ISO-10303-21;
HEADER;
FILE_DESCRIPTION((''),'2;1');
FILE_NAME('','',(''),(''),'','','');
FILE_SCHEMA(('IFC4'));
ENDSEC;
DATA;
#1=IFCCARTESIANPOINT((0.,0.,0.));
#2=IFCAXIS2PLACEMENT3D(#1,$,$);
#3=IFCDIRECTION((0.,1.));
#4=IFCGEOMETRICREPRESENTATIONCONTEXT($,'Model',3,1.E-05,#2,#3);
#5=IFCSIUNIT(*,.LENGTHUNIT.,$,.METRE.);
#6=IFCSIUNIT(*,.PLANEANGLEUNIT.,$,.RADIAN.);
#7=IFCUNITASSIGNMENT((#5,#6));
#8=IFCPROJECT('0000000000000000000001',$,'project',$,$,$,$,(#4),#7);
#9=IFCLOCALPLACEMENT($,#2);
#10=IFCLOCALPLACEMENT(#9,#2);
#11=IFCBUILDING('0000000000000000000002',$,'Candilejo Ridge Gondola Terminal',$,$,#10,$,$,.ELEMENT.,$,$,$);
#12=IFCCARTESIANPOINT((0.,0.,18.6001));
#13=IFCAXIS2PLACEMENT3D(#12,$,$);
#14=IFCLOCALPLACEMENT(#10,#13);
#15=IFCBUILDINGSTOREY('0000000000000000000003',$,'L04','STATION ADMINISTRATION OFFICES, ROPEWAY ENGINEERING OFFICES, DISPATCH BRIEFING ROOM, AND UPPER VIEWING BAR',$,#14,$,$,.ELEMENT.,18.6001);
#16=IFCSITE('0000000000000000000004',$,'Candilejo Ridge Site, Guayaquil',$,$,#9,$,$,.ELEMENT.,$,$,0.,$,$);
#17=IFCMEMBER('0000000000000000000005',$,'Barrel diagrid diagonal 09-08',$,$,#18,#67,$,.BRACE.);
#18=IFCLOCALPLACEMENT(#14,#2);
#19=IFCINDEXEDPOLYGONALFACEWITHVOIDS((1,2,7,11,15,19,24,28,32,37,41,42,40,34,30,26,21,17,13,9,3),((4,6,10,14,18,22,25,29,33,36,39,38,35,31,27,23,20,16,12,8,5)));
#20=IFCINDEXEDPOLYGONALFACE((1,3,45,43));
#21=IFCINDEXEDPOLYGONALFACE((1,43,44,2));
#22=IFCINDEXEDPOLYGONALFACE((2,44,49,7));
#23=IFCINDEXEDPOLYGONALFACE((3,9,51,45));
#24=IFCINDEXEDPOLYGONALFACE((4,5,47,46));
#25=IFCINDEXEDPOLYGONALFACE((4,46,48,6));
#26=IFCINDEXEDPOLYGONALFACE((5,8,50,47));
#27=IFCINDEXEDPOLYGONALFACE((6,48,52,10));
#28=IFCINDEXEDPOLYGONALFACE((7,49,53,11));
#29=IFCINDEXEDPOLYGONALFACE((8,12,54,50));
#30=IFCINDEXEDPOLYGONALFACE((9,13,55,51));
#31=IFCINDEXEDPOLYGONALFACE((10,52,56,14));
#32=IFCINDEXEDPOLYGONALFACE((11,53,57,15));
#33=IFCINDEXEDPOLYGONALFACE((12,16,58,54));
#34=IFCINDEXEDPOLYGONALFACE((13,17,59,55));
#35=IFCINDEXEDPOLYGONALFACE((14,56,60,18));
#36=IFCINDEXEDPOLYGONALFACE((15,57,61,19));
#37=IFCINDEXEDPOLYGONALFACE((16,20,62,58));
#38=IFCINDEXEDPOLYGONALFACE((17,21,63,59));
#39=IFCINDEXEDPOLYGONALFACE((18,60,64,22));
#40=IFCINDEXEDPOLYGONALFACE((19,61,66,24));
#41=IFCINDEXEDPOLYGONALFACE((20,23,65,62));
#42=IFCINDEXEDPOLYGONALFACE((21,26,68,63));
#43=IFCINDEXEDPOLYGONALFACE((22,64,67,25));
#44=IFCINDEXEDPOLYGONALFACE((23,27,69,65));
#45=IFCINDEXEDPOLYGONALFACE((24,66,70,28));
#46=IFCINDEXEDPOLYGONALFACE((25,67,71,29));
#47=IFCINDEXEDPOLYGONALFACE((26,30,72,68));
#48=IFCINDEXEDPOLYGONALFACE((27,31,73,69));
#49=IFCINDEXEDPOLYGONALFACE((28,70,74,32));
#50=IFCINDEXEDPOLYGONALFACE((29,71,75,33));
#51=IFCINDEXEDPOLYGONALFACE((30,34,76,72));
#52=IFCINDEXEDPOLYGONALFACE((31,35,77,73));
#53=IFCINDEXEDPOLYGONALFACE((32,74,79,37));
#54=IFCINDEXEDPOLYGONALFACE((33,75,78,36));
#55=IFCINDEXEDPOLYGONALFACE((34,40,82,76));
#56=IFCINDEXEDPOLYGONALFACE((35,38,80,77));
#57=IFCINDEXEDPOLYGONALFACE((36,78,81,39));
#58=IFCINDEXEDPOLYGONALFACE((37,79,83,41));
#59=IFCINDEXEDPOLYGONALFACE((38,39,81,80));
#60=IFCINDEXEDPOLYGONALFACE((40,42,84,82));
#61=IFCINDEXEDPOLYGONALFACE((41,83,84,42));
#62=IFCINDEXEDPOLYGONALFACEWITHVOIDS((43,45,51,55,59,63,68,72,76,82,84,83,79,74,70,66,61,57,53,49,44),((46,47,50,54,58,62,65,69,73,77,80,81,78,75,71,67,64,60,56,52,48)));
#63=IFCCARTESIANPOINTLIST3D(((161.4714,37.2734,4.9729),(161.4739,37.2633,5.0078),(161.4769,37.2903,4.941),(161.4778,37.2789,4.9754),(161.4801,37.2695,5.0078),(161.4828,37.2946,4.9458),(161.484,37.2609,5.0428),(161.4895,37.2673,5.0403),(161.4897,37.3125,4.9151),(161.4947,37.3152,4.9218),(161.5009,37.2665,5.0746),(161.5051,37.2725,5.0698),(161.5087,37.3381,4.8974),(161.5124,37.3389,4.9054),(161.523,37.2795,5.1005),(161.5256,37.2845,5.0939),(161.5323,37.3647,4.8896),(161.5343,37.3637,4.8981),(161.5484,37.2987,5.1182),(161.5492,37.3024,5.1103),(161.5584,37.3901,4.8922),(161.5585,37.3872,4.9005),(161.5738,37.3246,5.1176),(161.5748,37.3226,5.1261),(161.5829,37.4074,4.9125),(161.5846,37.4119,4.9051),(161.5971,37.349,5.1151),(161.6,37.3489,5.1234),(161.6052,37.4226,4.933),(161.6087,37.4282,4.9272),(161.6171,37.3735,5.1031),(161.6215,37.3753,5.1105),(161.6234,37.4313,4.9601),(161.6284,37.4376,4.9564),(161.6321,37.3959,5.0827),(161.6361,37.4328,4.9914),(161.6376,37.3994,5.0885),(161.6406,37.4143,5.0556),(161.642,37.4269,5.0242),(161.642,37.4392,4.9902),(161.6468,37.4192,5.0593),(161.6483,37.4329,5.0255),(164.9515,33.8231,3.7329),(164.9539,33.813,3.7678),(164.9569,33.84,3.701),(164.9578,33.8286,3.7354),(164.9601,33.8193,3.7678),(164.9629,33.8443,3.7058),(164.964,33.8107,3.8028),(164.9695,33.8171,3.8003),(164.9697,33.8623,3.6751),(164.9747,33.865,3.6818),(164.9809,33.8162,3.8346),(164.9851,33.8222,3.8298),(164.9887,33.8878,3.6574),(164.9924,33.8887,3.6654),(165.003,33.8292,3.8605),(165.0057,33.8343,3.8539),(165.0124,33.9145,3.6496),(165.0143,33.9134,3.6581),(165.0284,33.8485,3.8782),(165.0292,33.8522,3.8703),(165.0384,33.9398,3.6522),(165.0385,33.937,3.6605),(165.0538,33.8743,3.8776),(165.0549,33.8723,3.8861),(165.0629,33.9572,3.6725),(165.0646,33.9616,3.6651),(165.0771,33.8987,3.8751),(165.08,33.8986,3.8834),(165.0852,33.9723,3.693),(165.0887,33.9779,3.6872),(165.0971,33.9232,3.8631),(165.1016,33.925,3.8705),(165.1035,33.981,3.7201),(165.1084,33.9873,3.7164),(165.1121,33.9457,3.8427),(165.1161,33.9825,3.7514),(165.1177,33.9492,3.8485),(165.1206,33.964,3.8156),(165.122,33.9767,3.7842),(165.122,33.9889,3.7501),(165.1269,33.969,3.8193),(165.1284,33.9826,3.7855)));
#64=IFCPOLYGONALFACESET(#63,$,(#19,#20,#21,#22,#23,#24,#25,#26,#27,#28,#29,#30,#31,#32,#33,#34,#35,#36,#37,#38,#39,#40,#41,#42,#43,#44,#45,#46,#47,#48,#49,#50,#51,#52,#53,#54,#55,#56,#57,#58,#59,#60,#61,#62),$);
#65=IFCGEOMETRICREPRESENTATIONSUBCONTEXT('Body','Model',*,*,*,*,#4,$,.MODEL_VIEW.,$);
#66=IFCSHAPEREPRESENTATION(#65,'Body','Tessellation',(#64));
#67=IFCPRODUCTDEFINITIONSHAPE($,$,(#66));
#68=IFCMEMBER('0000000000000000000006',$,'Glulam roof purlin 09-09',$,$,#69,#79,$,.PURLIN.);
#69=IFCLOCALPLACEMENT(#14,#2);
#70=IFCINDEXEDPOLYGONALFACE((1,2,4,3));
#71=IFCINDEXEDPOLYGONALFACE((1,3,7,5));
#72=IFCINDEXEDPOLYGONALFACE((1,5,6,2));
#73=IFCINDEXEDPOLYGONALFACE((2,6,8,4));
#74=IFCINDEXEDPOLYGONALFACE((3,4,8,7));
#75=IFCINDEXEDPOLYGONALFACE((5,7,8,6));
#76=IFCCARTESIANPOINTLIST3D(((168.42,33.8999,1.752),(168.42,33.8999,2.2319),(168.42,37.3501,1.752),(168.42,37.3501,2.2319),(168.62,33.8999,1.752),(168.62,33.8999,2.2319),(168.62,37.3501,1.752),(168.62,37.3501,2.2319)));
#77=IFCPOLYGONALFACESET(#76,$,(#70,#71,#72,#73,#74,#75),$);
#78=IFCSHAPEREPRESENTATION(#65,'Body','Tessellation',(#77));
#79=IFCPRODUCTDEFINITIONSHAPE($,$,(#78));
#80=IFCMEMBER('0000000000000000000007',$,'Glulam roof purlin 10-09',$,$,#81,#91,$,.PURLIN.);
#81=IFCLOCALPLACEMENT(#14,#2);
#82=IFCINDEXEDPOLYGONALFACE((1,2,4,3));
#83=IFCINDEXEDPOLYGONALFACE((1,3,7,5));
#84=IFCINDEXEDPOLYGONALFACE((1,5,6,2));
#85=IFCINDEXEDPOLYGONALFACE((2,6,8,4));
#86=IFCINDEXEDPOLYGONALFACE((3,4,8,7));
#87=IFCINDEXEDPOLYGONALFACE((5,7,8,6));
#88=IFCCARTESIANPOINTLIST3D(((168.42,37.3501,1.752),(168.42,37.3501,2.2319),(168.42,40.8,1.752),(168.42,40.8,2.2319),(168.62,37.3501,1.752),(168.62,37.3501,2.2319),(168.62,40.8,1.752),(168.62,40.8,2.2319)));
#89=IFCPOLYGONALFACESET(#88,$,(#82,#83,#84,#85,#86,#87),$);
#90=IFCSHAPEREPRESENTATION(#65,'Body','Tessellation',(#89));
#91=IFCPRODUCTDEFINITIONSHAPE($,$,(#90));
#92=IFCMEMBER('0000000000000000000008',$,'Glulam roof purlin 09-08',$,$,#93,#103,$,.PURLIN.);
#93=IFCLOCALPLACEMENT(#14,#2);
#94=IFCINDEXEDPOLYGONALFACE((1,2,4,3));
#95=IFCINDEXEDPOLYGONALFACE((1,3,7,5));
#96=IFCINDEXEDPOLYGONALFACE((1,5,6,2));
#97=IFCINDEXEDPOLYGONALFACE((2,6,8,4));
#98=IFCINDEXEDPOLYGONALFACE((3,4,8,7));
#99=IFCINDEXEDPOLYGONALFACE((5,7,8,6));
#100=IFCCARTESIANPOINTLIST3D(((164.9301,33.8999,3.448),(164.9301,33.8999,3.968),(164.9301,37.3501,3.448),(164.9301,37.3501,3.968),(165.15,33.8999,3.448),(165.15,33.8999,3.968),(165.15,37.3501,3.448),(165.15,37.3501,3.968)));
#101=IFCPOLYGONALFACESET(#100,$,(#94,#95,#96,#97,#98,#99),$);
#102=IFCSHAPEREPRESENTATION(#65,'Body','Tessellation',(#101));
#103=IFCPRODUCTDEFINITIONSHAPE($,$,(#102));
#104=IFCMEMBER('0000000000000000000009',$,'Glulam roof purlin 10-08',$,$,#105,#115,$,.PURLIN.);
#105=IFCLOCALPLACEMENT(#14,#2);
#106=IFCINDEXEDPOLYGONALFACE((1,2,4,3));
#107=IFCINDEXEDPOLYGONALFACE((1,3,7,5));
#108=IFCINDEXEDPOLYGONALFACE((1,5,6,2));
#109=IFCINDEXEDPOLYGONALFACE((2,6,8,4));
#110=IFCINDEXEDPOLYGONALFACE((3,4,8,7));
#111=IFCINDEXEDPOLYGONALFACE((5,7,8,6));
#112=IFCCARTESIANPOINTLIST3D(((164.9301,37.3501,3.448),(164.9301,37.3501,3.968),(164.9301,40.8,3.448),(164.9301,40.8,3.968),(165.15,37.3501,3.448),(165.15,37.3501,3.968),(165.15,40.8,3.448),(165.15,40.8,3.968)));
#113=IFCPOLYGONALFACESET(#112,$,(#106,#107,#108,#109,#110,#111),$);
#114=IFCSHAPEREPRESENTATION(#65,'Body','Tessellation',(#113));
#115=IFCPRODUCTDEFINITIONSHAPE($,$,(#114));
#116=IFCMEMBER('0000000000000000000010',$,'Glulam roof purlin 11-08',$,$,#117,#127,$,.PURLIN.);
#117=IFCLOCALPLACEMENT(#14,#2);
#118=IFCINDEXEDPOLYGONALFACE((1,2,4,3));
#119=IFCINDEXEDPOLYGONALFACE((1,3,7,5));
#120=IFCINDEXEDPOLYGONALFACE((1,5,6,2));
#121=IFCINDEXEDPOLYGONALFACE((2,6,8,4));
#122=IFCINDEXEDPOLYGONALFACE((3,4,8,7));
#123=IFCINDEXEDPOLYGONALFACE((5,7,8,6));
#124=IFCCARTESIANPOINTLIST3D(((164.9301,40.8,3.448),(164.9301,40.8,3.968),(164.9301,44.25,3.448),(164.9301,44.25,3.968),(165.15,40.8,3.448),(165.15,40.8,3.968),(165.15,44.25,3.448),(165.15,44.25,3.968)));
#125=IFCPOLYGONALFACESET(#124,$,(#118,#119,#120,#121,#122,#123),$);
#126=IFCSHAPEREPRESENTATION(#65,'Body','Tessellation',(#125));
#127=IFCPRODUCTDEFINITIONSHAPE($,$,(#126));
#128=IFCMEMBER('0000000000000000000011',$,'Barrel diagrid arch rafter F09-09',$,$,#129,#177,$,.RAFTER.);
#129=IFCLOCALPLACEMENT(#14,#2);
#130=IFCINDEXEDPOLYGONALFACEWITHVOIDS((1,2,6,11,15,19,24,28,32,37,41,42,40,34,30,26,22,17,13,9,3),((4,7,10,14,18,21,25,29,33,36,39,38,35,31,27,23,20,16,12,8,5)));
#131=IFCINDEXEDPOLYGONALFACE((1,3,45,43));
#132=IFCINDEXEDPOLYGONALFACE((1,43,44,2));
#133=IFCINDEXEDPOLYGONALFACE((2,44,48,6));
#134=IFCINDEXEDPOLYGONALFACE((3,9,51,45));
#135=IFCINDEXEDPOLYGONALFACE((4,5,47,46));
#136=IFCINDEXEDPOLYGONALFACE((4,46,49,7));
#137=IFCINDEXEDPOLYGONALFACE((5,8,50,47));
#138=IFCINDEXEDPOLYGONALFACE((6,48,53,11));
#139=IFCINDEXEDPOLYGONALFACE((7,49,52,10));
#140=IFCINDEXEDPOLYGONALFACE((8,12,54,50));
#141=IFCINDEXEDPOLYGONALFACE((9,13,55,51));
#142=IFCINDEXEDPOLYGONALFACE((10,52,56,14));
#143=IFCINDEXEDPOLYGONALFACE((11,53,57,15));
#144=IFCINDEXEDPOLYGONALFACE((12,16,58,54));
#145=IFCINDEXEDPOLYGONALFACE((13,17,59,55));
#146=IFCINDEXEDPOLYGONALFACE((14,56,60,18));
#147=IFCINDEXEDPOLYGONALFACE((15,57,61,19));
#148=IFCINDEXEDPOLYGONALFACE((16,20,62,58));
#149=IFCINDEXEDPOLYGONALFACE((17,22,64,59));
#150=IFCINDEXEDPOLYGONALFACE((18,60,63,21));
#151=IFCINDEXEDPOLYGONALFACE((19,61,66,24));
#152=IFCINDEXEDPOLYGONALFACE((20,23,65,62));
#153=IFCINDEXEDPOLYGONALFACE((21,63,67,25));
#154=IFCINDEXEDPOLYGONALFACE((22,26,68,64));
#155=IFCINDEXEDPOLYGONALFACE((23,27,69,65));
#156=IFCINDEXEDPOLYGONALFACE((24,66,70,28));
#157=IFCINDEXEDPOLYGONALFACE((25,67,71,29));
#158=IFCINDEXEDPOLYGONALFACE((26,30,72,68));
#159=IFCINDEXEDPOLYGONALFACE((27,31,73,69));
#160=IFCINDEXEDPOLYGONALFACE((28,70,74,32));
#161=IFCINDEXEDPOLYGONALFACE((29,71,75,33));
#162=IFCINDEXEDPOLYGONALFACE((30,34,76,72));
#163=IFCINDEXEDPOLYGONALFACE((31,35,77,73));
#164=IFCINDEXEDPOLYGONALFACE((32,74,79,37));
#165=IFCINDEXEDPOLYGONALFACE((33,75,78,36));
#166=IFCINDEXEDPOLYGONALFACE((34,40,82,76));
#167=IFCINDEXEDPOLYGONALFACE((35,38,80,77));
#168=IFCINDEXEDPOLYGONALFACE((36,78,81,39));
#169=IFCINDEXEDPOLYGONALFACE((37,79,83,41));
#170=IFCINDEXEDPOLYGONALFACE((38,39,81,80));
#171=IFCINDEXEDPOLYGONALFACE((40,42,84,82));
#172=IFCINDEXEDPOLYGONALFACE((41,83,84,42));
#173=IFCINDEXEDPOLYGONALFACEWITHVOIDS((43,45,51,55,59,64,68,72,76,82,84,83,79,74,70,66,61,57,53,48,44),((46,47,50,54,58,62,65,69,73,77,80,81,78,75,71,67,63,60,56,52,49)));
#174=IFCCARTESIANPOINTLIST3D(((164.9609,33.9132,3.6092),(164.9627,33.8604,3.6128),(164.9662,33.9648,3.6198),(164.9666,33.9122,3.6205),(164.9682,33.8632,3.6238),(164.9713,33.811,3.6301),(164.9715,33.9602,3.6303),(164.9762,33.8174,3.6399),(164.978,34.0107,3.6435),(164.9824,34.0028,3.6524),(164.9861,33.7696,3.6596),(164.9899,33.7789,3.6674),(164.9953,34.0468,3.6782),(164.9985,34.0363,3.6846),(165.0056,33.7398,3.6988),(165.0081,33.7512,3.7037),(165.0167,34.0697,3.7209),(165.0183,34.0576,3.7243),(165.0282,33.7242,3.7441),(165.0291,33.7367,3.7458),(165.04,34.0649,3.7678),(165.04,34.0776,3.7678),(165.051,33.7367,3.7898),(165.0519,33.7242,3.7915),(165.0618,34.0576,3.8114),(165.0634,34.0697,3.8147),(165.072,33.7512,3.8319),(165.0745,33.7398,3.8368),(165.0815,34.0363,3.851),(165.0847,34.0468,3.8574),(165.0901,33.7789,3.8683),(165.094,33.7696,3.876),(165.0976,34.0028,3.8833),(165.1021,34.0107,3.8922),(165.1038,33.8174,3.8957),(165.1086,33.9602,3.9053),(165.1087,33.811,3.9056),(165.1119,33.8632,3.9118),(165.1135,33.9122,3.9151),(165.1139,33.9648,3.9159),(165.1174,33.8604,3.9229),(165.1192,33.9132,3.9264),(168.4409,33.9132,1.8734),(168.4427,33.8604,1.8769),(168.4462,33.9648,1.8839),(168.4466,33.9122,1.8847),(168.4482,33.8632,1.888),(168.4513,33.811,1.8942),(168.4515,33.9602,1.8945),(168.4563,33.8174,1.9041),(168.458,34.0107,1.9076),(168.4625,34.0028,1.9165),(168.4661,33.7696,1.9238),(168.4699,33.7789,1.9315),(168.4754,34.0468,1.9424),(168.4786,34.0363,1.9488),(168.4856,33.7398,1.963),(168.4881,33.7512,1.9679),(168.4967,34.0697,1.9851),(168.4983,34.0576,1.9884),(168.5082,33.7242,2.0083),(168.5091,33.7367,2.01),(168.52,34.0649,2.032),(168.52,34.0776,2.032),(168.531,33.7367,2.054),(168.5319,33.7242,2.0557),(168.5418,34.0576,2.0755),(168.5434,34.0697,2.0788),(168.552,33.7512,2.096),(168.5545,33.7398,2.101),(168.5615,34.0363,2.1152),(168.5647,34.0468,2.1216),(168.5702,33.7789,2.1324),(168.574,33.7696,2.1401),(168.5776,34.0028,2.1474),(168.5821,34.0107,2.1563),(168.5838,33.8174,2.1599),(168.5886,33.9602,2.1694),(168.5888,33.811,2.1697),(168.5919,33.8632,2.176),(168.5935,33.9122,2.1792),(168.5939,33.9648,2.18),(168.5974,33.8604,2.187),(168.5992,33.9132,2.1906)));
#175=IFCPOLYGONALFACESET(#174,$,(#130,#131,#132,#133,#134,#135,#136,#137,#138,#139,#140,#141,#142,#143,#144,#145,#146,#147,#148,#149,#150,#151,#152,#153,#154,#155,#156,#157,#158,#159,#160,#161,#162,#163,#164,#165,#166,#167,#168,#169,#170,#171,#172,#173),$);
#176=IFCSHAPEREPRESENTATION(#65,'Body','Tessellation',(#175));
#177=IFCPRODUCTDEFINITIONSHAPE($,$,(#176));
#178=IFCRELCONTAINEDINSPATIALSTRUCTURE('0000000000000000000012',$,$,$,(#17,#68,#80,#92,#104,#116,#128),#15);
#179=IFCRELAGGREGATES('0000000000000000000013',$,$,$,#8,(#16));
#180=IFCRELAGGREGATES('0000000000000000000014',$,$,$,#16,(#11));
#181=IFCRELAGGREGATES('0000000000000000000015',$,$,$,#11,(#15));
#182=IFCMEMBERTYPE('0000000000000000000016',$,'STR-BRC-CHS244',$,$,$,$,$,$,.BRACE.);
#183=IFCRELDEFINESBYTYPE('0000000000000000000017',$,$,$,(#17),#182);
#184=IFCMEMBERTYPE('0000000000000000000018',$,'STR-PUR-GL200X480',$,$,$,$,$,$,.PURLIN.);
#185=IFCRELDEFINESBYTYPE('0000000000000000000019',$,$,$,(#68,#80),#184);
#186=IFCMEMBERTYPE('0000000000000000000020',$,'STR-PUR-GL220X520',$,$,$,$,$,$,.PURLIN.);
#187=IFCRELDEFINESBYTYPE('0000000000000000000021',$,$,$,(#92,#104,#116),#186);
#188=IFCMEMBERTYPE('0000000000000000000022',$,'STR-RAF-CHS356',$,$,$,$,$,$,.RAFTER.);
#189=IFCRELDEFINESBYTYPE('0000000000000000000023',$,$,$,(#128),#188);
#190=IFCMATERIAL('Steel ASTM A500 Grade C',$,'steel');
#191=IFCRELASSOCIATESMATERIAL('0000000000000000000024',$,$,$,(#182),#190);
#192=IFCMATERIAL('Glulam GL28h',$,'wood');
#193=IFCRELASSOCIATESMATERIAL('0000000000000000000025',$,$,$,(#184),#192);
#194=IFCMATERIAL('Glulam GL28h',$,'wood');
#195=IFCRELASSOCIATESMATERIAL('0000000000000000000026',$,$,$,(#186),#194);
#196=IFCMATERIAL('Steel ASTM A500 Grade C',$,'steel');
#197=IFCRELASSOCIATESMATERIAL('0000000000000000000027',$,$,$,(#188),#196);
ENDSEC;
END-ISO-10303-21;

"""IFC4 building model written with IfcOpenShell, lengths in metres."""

from ifc_helpers import new_model, si_unit, direction, frame, origin, origin_2d, place, context, subcontext, project, spatial, rectangle, hollow_circle, extrude, material, material_profile, profile_set, type_object, element, save


model = new_model("IFC4")

# Units and contexts
model_context = context("Model", 3, precision=1e-05, world=origin(), true_north=direction((0.0, 1.0)))
body_context = subcontext(model_context, "Body", "Model", "MODEL_VIEW")
ifc_project = project(units=[si_unit("LENGTHUNIT", "METRE"), si_unit("PLANEANGLEUNIT", "RADIAN")], contexts=[model_context])

# Site, building, storey
site_placement = place(None, origin())
site = spatial("IfcSite", under=ifc_project, at=site_placement, Name="Candilejo Ridge Site, Guayaquil", CompositionType="ELEMENT", RefElevation=0.0)
building_placement = place(site_placement, origin())
building = spatial("IfcBuilding", under=site, at=building_placement, Name="Candilejo Ridge Gondola Terminal", CompositionType="ELEMENT")
storey_placement = place(building_placement, frame((0.0, 0.0, 18.6001)))
storey = spatial("IfcBuildingStorey", under=building, at=storey_placement, Name="L04", Description="STATION ADMINISTRATION OFFICES, ROPEWAY ENGINEERING OFFICES, DISPATCH BRIEFING ROOM, AND UPPER VIEWING BAR", CompositionType="ELEMENT", Elevation=18.6001)

# Members
ifc_material_1 = material(Name="Steel ASTM A500 Grade C", Category="steel")
ifc_material_profile_1 = material_profile(ifc_material_1, hollow_circle(Radius=0.1223, WallThickness=0.0088, at=origin_2d()))
ifc_profile_set_1 = profile_set([ifc_material_profile_1], Name="Steel ASTM A500 Grade C")
member_type_1 = type_object("IfcMemberType", Name="STR-BRC-CHS244", PredefinedType="BRACE", material=ifc_profile_set_1)
member_1_placement = place(storey_placement, frame((165.04, 33.8999, 3.7678), z_axis=(-0.688441, 0.682549, 0.245306), x_axis=(-0.704061, -0.710139, 0.0)))
element("IfcMember", 1, at=member_1_placement, inside=storey, type_object=member_type_1, Name="Barrel diagrid diagonal 09-08", PredefinedType="BRACE", context=body_context, shape_type="SweptSolid", body=[
    extrude(hollow_circle(Radius=0.1223, WallThickness=0.0088, at=origin_2d()), origin(), (0.0, 0.0, 1.0), 5.0549),
])
ifc_material_2 = material(Name="Glulam GL28h", Category="wood")
ifc_material_profile_2 = material_profile(ifc_material_2, rectangle(XDim=0.2, YDim=0.48, at=origin_2d()))
ifc_profile_set_2 = profile_set([ifc_material_profile_2], Name="Glulam GL28h")
member_type_2 = type_object("IfcMemberType", Name="STR-PUR-GL200X480", PredefinedType="PURLIN", material=ifc_profile_set_2)
member_2_placement = place(storey_placement, frame((168.52, 33.8999, 1.9919), z_axis=(0.0, 1.0, 0.0), x_axis=(-1.0, 0.0, 0.0)))
element("IfcMember", 2, at=member_2_placement, inside=storey, type_object=member_type_2, Name="Glulam roof purlin 09-09", PredefinedType="PURLIN", context=body_context, shape_type="SweptSolid", body=[
    extrude(rectangle(XDim=0.2, YDim=0.48, at=origin_2d()), origin(), (0.0, 0.0, 1.0), 3.4502),
])
member_3_placement = place(storey_placement, frame((168.52, 37.3501, 1.9919), z_axis=(0.0, 1.0, 0.0), x_axis=(-1.0, 0.0, 0.0)))
element("IfcMember", 3, at=member_3_placement, inside=storey, type_object=member_type_2, Name="Glulam roof purlin 10-09", PredefinedType="PURLIN", context=body_context, shape_type="SweptSolid", body=[
    extrude(rectangle(XDim=0.2, YDim=0.48, at=origin_2d()), origin(), (0.0, 0.0, 1.0), 3.45),
])
ifc_material_3 = material(Name="Glulam GL28h", Category="wood")
ifc_material_profile_3 = material_profile(ifc_material_3, rectangle(XDim=0.22, YDim=0.52, at=origin_2d()))
ifc_profile_set_3 = profile_set([ifc_material_profile_3], Name="Glulam GL28h")
member_type_3 = type_object("IfcMemberType", Name="STR-PUR-GL220X520", PredefinedType="PURLIN", material=ifc_profile_set_3)
member_4_placement = place(storey_placement, frame((165.04, 33.8999, 3.708), z_axis=(0.0, 1.0, 0.0), x_axis=(-1.0, 0.0, 0.0)))
element("IfcMember", 4, at=member_4_placement, inside=storey, type_object=member_type_3, Name="Glulam roof purlin 09-08", PredefinedType="PURLIN", context=body_context, shape_type="SweptSolid", body=[
    extrude(rectangle(XDim=0.22, YDim=0.52, at=origin_2d()), origin(), (0.0, 0.0, 1.0), 3.4502),
])
for number, where, z_axis, x_axis, name in (
    (5, (165.04, 37.3501, 3.708), (0.0, 1.0, 0.0), (-1.0, 0.0, 0.0), "Glulam roof purlin 10-08"),
    (6, (165.04, 40.8, 3.708), (0.0, 1.0, 0.0), (-1.0, 0.0, 0.0), "Glulam roof purlin 11-08"),
):
    element("IfcMember", number, at=place(storey_placement, frame(where, z_axis=z_axis, x_axis=x_axis)), inside=storey, type_object=member_type_3, Name=name, PredefinedType="PURLIN", context=body_context, shape_type="SweptSolid", body=[
        extrude(rectangle(XDim=0.22, YDim=0.52, at=origin_2d()), origin(), (0.0, 0.0, 1.0), 3.45),
    ])
ifc_material_4 = material(Name="Steel ASTM A500 Grade C", Category="steel")
ifc_material_profile_4 = material_profile(ifc_material_4, hollow_circle(Radius=0.1777, WallThickness=0.0127, at=origin_2d()))
ifc_profile_set_4 = profile_set([ifc_material_profile_4], Name="Steel ASTM A500 Grade C")
member_type_4 = type_object("IfcMemberType", Name="STR-RAF-CHS356", PredefinedType="RAFTER", material=ifc_profile_set_4)
member_5_placement = place(storey_placement, frame((165.04, 33.8999, 3.7678), z_axis=(0.894854, 0.0, -0.44636), x_axis=(0.0, 1.0, 0.0)))
element("IfcMember", 7, at=member_5_placement, inside=storey, type_object=member_type_4, Name="Barrel diagrid arch rafter F09-09", PredefinedType="RAFTER", context=body_context, shape_type="SweptSolid", body=[
    extrude(hollow_circle(Radius=0.1777, WallThickness=0.0127, at=origin_2d()), origin(), (0.0, 0.0, 1.0), 3.8889),
])

save(model, "model.ifc")
